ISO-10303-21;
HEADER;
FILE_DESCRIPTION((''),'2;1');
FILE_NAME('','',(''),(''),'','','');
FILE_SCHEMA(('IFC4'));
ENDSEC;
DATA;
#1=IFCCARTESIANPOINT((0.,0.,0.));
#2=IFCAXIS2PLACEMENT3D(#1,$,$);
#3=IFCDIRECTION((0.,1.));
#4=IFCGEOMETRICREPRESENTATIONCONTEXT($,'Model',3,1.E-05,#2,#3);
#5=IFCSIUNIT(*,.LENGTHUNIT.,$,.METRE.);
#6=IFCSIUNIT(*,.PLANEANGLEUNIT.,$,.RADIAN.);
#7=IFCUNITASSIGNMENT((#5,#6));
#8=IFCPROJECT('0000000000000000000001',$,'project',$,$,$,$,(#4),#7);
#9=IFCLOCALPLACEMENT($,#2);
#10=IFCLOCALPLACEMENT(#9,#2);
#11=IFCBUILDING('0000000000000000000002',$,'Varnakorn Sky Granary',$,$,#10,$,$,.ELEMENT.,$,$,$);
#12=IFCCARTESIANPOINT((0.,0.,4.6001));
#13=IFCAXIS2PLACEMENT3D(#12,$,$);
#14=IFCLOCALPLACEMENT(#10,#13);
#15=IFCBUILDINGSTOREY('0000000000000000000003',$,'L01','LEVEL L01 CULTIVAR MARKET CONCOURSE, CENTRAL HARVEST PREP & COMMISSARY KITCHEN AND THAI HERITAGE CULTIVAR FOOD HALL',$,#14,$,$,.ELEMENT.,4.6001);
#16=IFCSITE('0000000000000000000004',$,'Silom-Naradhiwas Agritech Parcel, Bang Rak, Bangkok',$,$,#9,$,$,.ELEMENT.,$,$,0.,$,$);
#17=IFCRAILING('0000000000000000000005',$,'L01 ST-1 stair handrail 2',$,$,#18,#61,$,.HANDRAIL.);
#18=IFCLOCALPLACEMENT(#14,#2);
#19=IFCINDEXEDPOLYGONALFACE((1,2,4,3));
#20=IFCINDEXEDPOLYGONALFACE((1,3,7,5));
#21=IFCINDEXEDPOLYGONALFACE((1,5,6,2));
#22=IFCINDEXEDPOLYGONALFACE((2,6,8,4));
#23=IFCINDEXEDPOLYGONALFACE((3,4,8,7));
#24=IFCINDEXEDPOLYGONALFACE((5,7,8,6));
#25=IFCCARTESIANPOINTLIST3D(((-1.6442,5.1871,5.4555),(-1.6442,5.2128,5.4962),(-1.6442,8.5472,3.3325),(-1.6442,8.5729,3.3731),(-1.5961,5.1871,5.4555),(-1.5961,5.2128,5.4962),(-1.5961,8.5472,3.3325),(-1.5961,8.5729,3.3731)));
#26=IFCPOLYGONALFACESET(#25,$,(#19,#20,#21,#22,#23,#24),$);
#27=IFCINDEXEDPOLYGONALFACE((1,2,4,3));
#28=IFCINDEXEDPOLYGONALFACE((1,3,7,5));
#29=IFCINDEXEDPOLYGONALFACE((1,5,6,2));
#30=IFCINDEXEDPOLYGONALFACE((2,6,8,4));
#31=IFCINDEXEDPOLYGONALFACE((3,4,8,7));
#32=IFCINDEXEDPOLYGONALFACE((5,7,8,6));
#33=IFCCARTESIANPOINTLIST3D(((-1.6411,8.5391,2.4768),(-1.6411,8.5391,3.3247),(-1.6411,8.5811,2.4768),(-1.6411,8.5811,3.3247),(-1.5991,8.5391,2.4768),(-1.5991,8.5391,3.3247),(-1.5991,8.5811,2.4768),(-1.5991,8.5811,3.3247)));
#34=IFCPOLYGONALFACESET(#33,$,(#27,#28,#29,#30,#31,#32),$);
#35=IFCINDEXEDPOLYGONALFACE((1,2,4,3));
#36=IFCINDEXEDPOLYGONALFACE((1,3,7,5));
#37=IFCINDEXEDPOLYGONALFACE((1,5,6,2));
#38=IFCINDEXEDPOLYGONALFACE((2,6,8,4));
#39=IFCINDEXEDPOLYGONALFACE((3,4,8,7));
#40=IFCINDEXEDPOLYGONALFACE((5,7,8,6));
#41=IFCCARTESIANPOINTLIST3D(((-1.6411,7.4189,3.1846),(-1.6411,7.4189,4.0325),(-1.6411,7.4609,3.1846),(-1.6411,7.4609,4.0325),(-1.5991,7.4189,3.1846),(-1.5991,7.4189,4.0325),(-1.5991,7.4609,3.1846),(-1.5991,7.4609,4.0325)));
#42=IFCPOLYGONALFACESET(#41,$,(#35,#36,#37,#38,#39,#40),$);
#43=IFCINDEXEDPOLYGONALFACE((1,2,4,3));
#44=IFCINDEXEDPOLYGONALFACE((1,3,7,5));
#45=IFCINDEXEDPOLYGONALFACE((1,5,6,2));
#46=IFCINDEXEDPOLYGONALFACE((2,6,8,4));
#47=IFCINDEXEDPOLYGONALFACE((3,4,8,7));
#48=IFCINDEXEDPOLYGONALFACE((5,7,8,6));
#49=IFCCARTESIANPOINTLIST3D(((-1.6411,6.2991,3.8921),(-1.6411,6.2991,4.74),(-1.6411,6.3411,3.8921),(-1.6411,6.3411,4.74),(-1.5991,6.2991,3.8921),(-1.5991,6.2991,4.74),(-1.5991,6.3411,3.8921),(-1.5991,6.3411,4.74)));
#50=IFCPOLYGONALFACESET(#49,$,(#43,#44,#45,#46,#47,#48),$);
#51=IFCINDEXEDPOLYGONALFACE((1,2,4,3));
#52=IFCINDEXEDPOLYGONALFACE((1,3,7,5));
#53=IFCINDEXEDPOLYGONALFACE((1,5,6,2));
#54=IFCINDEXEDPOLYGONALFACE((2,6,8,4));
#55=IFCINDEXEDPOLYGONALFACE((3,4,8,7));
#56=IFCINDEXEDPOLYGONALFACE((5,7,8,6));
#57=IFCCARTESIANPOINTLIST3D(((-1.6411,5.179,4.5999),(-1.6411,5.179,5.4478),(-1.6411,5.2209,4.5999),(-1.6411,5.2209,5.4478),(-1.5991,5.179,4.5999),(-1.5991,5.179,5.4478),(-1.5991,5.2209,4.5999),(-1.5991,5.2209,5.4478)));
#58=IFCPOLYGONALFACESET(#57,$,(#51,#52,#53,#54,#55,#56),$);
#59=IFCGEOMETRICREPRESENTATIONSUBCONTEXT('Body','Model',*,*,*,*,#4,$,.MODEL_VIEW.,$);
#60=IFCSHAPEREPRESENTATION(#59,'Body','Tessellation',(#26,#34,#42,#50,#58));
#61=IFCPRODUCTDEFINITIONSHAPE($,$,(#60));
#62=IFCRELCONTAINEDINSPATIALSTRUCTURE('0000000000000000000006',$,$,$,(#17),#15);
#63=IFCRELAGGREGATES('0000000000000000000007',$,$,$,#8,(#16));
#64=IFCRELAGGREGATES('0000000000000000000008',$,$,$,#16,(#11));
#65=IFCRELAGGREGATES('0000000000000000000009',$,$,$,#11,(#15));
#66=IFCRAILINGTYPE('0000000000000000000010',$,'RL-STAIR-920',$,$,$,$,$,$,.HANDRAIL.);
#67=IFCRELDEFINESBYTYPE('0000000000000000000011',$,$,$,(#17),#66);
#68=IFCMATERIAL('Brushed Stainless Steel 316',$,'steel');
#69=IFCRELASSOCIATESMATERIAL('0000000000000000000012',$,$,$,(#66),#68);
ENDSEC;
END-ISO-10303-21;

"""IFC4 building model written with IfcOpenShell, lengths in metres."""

from ifc_helpers import new_model, si_unit, direction, frame, origin, origin_2d, place, context, subcontext, project, spatial, rectangle, extrude, material, type_object, element, save


model = new_model("IFC4")

# Units and contexts
model_context = context("Model", 3, precision=1e-05, world=origin(), true_north=direction((0.0, 1.0)))
body_context = subcontext(model_context, "Body", "Model", "MODEL_VIEW")
ifc_project = project(units=[si_unit("LENGTHUNIT", "METRE"), si_unit("PLANEANGLEUNIT", "RADIAN")], contexts=[model_context])

# Site, building, storey
site_placement = place(None, origin())
site = spatial("IfcSite", under=ifc_project, at=site_placement, Name="Silom-Naradhiwas Agritech Parcel, Bang Rak, Bangkok", CompositionType="ELEMENT", RefElevation=0.0)
building_placement = place(site_placement, origin())
building = spatial("IfcBuilding", under=site, at=building_placement, Name="Varnakorn Sky Granary", CompositionType="ELEMENT")
storey_placement = place(building_placement, frame((0.0, 0.0, 4.6001)))
storey = spatial("IfcBuildingStorey", under=building, at=storey_placement, Name="L01", Description="LEVEL L01 CULTIVAR MARKET CONCOURSE, CENTRAL HARVEST PREP & COMMISSARY KITCHEN AND THAI HERITAGE CULTIVAR FOOD HALL", CompositionType="ELEMENT", Elevation=4.6001)

# Railing
ifc_material_1 = material(Name="Brushed Stainless Steel 316", Category="steel")
railing_type_1 = type_object("IfcRailingType", Name="RL-STAIR-920", PredefinedType="HANDRAIL", material=ifc_material_1)
railing_1_placement = place(storey_placement, frame((-1.6201, 8.5601, 2.4768)))
element("IfcRailing", 1, at=railing_1_placement, inside=storey, type_object=railing_type_1, Name="L01 ST-1 stair handrail 2", PredefinedType="HANDRAIL", context=body_context, shape_type="SweptSolid", body=[
    extrude(rectangle(XDim=0.0481, YDim=0.0481, at=origin_2d()), frame((0.0, 0.0, 0.876), z_axis=(0.0, -0.84539, 0.53415), x_axis=(1.0, 0.0, 0.0)), (0.0, 0.0, 1.0), 3.9746),
    extrude(rectangle(XDim=0.042, YDim=0.042, at=origin_2d()), origin(), (0.0, 0.0, 1.0), 0.8479),
    extrude(rectangle(XDim=0.042, YDim=0.042, at=origin_2d()), frame((0.0, -1.1201, 0.7078)), (0.0, 0.0, 1.0), 0.8479),
    extrude(rectangle(XDim=0.042, YDim=0.042, at=origin_2d()), frame((0.0, -2.24, 1.4153)), (0.0, 0.0, 1.0), 0.8479),
    extrude(rectangle(XDim=0.042, YDim=0.042, at=origin_2d()), frame((0.0, -3.3601, 2.123)), (0.0, 0.0, 1.0), 0.8479),
])

save(model, "model.ifc")
